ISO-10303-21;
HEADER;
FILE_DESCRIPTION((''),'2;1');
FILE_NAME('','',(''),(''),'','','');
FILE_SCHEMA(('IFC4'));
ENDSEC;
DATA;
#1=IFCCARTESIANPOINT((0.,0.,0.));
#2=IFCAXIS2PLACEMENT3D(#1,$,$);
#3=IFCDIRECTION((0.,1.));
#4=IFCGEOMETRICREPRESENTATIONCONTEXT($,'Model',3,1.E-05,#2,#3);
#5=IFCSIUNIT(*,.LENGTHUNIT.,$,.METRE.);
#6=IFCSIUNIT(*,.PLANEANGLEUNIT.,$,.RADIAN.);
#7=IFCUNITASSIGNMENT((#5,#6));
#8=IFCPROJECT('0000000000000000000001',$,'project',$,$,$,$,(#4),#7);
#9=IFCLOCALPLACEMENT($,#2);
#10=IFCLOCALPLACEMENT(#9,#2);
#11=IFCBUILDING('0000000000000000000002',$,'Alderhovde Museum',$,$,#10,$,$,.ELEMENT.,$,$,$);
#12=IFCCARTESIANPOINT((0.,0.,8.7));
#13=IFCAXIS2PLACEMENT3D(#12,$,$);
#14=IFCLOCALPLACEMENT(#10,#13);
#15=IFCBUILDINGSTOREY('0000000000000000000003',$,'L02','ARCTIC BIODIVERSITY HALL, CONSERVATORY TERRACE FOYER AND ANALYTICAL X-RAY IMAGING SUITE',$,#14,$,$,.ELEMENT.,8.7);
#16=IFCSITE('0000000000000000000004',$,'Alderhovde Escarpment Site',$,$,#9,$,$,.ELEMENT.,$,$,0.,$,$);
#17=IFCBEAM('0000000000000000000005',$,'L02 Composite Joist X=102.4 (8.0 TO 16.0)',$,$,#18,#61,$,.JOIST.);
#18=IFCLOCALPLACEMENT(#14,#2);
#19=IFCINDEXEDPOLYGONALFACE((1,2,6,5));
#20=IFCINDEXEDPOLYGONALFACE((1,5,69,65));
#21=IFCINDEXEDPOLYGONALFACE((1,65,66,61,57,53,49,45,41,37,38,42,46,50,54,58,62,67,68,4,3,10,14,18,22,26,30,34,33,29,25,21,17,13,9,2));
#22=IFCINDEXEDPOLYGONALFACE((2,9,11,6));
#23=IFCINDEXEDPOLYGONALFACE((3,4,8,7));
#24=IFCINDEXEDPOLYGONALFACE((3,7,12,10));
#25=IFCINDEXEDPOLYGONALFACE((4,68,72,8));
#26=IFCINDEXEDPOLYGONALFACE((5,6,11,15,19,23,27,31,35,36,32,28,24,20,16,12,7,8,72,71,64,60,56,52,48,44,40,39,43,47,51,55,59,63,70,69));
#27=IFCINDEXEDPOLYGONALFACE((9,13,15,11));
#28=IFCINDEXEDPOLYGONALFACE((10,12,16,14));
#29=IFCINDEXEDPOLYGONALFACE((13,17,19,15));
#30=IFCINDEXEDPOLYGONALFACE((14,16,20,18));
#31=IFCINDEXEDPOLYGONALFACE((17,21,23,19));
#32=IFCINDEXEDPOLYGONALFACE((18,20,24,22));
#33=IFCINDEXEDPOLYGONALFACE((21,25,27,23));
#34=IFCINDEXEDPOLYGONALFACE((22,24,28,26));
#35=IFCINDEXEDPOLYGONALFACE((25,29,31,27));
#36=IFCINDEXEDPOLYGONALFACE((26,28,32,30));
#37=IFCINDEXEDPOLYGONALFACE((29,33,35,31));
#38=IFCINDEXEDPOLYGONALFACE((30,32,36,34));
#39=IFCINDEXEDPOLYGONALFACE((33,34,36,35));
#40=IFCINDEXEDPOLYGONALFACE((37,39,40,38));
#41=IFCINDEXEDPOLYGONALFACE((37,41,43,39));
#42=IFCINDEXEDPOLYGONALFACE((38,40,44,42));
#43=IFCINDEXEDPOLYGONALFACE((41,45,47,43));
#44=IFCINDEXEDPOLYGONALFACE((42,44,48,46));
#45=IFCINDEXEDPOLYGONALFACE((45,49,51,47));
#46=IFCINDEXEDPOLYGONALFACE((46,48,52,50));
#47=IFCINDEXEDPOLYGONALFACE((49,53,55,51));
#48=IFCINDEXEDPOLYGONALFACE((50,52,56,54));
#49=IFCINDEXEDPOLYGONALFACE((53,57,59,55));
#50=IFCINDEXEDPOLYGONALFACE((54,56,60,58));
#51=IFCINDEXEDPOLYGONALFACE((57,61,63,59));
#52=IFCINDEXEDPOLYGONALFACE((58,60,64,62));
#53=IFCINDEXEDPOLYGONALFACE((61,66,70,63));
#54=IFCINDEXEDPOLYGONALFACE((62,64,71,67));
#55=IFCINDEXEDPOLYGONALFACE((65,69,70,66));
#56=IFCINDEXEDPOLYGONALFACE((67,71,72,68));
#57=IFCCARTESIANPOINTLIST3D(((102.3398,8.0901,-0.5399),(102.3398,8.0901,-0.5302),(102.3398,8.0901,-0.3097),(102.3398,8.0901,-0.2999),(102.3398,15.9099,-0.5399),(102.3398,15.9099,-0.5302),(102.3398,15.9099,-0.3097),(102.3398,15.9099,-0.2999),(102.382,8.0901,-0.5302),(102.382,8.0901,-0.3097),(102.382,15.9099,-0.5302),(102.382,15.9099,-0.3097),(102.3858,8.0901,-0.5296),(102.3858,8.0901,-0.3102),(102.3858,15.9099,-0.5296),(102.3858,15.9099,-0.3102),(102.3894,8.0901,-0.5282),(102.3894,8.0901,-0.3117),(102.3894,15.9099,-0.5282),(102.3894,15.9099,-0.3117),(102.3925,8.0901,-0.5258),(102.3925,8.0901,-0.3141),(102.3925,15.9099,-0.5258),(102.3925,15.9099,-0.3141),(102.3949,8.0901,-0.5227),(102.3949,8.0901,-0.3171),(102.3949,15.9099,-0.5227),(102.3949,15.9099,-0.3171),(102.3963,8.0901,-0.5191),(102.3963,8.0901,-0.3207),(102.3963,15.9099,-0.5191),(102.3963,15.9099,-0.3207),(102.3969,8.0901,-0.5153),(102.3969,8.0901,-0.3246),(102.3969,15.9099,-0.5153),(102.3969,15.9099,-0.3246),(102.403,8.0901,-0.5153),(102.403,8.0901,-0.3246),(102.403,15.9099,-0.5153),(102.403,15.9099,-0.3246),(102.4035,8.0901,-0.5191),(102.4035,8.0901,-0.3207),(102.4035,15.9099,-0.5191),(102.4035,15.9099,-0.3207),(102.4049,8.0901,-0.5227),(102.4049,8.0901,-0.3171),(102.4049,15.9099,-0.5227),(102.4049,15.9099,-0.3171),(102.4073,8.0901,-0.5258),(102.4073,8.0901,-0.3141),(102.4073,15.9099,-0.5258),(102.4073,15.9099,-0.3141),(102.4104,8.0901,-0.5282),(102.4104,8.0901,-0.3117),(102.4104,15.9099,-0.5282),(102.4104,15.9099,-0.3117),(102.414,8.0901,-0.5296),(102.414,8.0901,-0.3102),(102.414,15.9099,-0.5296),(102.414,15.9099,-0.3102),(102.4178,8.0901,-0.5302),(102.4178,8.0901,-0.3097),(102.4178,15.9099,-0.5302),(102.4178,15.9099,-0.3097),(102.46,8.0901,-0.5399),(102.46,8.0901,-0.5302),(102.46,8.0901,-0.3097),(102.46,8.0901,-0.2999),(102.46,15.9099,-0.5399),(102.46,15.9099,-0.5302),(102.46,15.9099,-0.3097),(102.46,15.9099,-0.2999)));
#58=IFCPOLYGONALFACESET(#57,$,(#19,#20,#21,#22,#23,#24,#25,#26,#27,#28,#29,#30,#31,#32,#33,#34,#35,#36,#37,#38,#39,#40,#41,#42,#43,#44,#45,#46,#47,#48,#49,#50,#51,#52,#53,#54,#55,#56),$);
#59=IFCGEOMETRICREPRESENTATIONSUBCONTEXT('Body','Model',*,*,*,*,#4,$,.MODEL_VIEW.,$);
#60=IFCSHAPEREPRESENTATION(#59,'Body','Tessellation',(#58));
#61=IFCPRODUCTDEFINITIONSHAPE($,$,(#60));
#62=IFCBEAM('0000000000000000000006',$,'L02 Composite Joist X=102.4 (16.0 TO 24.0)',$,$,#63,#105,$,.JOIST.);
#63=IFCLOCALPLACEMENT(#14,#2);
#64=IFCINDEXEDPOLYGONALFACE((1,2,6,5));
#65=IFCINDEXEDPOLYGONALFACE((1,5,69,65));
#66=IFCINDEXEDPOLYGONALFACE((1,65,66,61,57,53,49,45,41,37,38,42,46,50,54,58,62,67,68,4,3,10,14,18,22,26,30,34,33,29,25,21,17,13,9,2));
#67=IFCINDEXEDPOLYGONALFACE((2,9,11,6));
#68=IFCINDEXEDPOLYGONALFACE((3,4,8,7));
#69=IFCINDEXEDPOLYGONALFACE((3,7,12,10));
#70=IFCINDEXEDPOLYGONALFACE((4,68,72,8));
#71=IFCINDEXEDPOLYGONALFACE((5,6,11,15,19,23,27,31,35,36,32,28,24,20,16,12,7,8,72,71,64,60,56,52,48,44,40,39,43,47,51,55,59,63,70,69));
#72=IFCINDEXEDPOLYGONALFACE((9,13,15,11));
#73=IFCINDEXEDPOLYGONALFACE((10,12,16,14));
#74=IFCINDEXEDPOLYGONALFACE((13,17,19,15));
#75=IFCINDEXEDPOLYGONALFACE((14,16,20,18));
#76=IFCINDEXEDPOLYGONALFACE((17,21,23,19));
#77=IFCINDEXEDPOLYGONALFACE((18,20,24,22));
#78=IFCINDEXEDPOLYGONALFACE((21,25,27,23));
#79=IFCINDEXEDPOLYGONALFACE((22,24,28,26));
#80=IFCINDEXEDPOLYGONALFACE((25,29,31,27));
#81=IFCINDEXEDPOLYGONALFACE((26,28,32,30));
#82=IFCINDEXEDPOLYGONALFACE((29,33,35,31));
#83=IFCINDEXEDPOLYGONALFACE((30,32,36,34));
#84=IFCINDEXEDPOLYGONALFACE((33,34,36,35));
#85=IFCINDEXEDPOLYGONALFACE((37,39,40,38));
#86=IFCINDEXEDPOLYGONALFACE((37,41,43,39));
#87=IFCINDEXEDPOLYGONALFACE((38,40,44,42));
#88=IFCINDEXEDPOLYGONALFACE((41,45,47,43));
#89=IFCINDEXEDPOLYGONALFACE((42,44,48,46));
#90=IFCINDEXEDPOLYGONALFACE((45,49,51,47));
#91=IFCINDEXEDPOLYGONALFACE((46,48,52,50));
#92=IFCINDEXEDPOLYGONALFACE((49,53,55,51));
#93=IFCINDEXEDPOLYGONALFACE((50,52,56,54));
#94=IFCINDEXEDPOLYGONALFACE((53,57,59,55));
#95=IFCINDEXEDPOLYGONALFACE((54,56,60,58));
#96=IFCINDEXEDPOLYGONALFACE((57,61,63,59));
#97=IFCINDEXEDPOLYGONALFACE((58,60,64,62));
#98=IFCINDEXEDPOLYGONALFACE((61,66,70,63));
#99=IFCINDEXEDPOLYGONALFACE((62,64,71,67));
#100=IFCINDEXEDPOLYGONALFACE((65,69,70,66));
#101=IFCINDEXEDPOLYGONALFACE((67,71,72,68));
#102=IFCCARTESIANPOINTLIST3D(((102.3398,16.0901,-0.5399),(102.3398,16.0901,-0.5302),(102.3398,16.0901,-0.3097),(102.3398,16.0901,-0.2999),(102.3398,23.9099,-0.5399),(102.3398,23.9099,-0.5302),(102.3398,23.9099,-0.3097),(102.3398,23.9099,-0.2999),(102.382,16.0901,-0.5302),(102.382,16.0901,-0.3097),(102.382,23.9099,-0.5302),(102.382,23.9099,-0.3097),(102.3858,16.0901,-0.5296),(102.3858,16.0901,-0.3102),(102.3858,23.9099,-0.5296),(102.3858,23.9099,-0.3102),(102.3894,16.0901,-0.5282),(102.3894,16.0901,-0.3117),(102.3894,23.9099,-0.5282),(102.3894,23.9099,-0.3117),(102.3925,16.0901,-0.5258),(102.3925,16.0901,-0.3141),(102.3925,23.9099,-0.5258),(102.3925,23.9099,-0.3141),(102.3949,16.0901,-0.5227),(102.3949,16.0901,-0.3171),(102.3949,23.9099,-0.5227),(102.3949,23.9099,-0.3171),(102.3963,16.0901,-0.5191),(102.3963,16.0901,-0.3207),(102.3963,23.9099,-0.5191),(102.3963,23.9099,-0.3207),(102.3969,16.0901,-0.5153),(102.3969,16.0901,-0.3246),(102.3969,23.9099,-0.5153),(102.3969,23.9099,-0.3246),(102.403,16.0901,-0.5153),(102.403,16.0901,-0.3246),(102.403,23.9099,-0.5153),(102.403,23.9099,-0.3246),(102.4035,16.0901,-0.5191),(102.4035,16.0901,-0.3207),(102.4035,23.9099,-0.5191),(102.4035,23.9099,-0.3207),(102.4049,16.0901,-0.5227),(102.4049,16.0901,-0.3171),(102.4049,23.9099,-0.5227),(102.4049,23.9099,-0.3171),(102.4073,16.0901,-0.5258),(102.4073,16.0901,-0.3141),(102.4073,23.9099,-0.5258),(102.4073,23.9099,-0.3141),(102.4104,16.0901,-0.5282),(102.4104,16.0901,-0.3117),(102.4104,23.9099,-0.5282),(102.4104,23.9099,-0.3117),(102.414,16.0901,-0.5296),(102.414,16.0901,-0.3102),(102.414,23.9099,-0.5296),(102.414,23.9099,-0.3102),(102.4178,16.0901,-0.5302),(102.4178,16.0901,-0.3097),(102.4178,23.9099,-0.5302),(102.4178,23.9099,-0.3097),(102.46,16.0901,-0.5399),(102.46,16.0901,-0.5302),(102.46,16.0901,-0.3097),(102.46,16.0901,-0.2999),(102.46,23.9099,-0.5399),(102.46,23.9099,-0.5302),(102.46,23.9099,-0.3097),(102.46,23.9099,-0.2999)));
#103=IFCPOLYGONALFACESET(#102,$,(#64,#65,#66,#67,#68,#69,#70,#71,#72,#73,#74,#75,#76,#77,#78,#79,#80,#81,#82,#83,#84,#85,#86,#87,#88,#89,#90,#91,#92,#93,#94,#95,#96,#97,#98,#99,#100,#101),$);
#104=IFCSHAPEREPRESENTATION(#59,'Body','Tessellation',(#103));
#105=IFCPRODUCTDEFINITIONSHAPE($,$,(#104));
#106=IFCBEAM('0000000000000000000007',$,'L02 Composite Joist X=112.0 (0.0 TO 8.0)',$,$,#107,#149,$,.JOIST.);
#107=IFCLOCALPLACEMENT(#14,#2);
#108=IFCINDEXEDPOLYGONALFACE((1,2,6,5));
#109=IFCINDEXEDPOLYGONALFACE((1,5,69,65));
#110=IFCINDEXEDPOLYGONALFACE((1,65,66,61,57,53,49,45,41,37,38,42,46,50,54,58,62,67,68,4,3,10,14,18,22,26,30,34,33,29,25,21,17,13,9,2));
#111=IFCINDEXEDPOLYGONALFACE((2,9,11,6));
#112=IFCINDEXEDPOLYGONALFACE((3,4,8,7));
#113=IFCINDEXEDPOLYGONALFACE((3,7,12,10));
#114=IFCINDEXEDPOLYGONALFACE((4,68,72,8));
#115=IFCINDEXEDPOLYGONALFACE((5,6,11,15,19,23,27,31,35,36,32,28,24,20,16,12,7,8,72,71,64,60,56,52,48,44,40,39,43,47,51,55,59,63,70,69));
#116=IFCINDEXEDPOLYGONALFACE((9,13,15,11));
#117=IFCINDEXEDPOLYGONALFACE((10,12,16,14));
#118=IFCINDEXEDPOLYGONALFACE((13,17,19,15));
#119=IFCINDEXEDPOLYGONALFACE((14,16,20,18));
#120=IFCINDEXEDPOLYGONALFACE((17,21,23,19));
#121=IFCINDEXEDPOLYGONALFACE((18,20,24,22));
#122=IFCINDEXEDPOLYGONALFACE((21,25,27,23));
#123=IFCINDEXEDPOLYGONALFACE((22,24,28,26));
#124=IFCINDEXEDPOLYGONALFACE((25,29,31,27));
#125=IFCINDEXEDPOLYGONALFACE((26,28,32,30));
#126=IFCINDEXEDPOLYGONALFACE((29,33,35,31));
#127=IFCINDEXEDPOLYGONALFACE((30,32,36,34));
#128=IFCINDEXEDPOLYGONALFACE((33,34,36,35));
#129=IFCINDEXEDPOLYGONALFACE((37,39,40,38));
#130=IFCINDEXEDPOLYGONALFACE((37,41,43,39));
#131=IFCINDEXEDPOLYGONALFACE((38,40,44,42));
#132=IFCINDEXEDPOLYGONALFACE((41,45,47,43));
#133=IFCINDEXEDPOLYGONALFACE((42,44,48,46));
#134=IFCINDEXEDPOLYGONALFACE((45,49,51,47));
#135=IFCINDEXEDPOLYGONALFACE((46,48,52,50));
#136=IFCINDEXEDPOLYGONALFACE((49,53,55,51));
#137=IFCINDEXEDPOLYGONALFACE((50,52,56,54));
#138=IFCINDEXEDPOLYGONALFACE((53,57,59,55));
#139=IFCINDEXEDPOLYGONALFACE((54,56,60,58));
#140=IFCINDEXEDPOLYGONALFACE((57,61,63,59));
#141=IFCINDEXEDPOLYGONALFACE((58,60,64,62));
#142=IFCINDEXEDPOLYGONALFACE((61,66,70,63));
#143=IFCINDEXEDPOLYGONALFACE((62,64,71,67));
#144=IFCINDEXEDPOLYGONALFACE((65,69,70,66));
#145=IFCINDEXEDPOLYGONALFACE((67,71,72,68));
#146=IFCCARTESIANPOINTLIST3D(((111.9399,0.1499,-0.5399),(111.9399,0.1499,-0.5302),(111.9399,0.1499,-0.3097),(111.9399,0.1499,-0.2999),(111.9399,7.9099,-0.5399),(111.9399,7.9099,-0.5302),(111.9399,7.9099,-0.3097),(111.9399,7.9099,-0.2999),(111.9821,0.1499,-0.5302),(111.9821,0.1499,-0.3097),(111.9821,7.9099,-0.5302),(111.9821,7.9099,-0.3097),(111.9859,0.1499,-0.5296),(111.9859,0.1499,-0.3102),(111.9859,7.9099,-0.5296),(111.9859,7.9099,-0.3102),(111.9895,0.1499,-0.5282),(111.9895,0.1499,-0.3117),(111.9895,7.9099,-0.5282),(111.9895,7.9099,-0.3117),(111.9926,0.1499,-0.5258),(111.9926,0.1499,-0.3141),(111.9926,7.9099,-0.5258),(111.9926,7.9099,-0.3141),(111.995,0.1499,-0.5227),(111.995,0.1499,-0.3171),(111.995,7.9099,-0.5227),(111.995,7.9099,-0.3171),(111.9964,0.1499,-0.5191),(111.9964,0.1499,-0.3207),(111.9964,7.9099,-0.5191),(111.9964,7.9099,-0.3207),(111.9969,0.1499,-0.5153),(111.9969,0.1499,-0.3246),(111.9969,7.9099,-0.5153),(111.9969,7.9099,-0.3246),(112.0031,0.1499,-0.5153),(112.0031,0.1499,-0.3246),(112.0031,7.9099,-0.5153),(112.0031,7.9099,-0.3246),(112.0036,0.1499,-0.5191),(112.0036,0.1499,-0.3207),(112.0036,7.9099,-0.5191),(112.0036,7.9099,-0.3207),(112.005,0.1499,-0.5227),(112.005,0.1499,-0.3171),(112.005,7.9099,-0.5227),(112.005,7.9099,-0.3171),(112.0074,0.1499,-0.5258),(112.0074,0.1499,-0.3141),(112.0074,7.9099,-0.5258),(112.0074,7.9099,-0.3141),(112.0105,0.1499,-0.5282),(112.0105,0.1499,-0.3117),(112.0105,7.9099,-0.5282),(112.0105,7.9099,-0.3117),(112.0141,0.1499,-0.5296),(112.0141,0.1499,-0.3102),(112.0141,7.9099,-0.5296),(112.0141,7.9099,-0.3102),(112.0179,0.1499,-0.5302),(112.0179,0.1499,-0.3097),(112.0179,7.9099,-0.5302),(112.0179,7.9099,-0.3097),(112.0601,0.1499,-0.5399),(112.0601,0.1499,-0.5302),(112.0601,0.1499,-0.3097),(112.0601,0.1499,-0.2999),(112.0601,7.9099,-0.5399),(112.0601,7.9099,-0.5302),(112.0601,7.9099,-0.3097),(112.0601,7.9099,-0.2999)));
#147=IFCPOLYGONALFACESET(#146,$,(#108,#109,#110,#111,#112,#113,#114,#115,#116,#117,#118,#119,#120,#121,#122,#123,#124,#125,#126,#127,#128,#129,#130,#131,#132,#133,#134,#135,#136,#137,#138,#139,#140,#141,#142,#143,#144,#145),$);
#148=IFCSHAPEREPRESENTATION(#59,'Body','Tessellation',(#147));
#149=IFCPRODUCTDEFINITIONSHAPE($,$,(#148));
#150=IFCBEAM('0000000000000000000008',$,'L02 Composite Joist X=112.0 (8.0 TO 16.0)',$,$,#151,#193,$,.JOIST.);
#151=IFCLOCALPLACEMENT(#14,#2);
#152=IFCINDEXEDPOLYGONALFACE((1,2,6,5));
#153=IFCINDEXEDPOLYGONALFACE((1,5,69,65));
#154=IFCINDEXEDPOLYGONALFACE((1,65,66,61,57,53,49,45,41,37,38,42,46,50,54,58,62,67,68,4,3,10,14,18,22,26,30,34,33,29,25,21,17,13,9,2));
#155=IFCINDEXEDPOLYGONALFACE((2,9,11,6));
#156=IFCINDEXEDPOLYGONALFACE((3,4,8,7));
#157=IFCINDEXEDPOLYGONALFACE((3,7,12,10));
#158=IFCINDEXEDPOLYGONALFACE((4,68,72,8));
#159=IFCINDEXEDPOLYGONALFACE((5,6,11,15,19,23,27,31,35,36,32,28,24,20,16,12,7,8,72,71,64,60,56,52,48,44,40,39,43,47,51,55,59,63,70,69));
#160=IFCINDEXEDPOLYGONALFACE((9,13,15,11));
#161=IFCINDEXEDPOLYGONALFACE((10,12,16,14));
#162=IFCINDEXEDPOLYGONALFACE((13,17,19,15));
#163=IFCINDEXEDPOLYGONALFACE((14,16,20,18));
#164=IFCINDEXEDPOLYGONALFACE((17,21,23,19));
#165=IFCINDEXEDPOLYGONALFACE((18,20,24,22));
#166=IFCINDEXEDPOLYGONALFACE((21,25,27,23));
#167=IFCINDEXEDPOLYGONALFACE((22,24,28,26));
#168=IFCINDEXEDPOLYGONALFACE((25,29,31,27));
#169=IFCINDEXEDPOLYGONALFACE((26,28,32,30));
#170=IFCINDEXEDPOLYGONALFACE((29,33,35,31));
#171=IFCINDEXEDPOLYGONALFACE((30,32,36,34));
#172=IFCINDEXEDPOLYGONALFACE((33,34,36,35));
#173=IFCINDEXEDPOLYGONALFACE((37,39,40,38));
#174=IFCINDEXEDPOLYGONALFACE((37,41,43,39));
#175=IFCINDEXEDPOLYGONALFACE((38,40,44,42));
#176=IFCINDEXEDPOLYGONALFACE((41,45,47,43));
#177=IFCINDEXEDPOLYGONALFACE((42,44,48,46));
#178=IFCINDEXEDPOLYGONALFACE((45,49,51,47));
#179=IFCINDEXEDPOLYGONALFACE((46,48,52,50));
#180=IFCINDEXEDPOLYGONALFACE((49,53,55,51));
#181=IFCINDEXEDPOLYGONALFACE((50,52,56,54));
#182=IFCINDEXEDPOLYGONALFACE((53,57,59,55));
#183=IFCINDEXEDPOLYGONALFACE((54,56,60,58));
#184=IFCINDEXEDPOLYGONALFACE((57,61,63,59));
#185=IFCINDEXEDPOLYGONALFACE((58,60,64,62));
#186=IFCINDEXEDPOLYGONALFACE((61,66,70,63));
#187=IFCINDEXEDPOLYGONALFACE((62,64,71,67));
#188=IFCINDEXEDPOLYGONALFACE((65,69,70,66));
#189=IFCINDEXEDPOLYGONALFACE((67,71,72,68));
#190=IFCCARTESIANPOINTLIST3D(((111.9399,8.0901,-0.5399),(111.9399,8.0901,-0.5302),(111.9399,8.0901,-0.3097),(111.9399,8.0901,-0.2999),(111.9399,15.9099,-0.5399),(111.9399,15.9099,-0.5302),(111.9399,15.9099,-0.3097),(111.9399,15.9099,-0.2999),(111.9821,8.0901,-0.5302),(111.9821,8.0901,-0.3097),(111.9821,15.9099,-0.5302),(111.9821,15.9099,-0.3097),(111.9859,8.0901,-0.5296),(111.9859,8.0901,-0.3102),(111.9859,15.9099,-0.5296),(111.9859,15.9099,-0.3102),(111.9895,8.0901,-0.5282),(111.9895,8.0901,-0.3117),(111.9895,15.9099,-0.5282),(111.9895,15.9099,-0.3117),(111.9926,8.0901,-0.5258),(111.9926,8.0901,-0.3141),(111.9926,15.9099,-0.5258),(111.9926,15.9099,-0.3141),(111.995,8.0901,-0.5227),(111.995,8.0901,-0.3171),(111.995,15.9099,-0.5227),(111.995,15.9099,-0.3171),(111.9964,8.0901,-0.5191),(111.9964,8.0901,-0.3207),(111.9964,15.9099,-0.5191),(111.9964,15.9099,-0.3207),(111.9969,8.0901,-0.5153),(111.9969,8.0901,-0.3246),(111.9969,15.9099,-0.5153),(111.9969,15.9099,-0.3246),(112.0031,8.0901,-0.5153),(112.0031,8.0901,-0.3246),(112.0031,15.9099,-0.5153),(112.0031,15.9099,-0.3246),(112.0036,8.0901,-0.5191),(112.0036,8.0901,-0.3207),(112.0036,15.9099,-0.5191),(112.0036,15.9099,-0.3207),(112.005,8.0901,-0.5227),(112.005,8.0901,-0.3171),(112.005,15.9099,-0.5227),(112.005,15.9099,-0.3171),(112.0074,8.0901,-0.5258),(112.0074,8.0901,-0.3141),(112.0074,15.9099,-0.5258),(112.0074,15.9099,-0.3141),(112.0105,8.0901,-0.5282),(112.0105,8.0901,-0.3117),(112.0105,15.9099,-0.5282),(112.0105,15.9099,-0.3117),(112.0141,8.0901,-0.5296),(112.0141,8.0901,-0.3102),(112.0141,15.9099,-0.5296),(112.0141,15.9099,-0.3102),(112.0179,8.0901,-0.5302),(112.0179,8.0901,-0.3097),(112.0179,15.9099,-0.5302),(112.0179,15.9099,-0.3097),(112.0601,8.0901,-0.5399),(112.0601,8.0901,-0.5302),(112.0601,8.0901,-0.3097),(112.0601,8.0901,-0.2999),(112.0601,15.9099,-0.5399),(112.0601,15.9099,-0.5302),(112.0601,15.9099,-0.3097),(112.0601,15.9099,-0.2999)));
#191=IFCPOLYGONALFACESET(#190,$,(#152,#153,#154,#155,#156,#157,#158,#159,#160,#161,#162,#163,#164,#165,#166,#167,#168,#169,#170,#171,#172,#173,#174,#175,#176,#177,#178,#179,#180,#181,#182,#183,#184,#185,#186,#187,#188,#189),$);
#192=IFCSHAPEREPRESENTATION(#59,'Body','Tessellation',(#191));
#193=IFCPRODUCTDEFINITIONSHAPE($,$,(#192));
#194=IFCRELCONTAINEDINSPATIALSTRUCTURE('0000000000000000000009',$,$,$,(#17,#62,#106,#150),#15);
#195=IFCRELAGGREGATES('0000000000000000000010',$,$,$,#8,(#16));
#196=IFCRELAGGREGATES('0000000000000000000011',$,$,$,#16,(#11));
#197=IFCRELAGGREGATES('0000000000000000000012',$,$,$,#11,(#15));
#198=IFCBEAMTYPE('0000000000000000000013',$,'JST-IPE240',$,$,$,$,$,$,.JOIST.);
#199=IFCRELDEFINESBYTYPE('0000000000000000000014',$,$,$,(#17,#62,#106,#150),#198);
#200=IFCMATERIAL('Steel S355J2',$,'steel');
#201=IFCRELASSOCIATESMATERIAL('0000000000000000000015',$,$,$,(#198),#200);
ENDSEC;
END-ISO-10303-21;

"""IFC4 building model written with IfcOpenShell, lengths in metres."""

from ifc_helpers import new_model, si_unit, direction, frame, origin, origin_2d, place, context, subcontext, project, spatial, i_section, extrude, material, material_profile, profile_set, type_object, element, save


model = new_model("IFC4")

# Units and contexts
model_context = context("Model", 3, precision=1e-05, world=origin(), true_north=direction((0.0, 1.0)))
body_context = subcontext(model_context, "Body", "Model", "MODEL_VIEW")
ifc_project = project(units=[si_unit("LENGTHUNIT", "METRE"), si_unit("PLANEANGLEUNIT", "RADIAN")], contexts=[model_context])

# Site, building, storey
site_placement = place(None, origin())
site = spatial("IfcSite", under=ifc_project, at=site_placement, Name="Alderhovde Escarpment Site", CompositionType="ELEMENT", RefElevation=0.0)
building_placement = place(site_placement, origin())
building = spatial("IfcBuilding", under=site, at=building_placement, Name="Alderhovde Museum", CompositionType="ELEMENT")
storey_placement = place(building_placement, frame((0.0, 0.0, 8.7)))
storey = spatial("IfcBuildingStorey", under=building, at=storey_placement, Name="L02", Description="ARCTIC BIODIVERSITY HALL, CONSERVATORY TERRACE FOYER AND ANALYTICAL X-RAY IMAGING SUITE", CompositionType="ELEMENT", Elevation=8.7)

# Beams
ifc_material_1 = material(Name="Steel S355J2", Category="steel")
ifc_material_profile_1 = material_profile(ifc_material_1, i_section(OverallWidth=0.1201, OverallDepth=0.24, WebThickness=0.0061, FlangeThickness=0.0098, FilletRadius=0.0149, at=origin_2d()), Name="IPE 240")
ifc_profile_set_1 = profile_set([ifc_material_profile_1], Name="Steel S355J2")
beam_type_1 = type_object("IfcBeamType", Name="JST-IPE240", PredefinedType="JOIST", material=ifc_profile_set_1)
for number, where, z_axis, x_axis, name in (
    (1, (102.3999, 8.0901, -0.4199), (0.0, 1.0, 0.0), (-1.0, 0.0, 0.0), "L02 Composite Joist X=102.4 (8.0 TO 16.0)"),
    (2, (102.3999, 16.0901, -0.4199), (0.0, 1.0, 0.0), (-1.0, 0.0, 0.0), "L02 Composite Joist X=102.4 (16.0 TO 24.0)"),
):
    element("IfcBeam", number, at=place(storey_placement, frame(where, z_axis=z_axis, x_axis=x_axis)), inside=storey, type_object=beam_type_1, Name=name, PredefinedType="JOIST", context=body_context, shape_type="SweptSolid", body=[
        extrude(i_section(OverallWidth=0.1201, OverallDepth=0.24, WebThickness=0.0061, FlangeThickness=0.0098, FilletRadius=0.0149, at=origin_2d()), origin(), (0.0, 0.0, 1.0), 7.8198),
    ])
beam_1_placement = place(storey_placement, frame((112.0, 0.1499, -0.4199), z_axis=(0.0, 1.0, 0.0), x_axis=(-1.0, 0.0, 0.0)))
element("IfcBeam", 3, at=beam_1_placement, inside=storey, type_object=beam_type_1, Name="L02 Composite Joist X=112.0 (0.0 TO 8.0)", PredefinedType="JOIST", context=body_context, shape_type="SweptSolid", body=[
    extrude(i_section(OverallWidth=0.1201, OverallDepth=0.24, WebThickness=0.0061, FlangeThickness=0.0098, FilletRadius=0.0149, at=origin_2d()), origin(), (0.0, 0.0, 1.0), 7.76),
])
beam_2_placement = place(storey_placement, frame((112.0, 8.0901, -0.4199), z_axis=(0.0, 1.0, 0.0), x_axis=(-1.0, 0.0, 0.0)))
element("IfcBeam", 4, at=beam_2_placement, inside=storey, type_object=beam_type_1, Name="L02 Composite Joist X=112.0 (8.0 TO 16.0)", PredefinedType="JOIST", context=body_context, shape_type="SweptSolid", body=[
    extrude(i_section(OverallWidth=0.1201, OverallDepth=0.24, WebThickness=0.0061, FlangeThickness=0.0098, FilletRadius=0.0149, at=origin_2d()), origin(), (0.0, 0.0, 1.0), 7.8198),
])

save(model, "model.ifc")
